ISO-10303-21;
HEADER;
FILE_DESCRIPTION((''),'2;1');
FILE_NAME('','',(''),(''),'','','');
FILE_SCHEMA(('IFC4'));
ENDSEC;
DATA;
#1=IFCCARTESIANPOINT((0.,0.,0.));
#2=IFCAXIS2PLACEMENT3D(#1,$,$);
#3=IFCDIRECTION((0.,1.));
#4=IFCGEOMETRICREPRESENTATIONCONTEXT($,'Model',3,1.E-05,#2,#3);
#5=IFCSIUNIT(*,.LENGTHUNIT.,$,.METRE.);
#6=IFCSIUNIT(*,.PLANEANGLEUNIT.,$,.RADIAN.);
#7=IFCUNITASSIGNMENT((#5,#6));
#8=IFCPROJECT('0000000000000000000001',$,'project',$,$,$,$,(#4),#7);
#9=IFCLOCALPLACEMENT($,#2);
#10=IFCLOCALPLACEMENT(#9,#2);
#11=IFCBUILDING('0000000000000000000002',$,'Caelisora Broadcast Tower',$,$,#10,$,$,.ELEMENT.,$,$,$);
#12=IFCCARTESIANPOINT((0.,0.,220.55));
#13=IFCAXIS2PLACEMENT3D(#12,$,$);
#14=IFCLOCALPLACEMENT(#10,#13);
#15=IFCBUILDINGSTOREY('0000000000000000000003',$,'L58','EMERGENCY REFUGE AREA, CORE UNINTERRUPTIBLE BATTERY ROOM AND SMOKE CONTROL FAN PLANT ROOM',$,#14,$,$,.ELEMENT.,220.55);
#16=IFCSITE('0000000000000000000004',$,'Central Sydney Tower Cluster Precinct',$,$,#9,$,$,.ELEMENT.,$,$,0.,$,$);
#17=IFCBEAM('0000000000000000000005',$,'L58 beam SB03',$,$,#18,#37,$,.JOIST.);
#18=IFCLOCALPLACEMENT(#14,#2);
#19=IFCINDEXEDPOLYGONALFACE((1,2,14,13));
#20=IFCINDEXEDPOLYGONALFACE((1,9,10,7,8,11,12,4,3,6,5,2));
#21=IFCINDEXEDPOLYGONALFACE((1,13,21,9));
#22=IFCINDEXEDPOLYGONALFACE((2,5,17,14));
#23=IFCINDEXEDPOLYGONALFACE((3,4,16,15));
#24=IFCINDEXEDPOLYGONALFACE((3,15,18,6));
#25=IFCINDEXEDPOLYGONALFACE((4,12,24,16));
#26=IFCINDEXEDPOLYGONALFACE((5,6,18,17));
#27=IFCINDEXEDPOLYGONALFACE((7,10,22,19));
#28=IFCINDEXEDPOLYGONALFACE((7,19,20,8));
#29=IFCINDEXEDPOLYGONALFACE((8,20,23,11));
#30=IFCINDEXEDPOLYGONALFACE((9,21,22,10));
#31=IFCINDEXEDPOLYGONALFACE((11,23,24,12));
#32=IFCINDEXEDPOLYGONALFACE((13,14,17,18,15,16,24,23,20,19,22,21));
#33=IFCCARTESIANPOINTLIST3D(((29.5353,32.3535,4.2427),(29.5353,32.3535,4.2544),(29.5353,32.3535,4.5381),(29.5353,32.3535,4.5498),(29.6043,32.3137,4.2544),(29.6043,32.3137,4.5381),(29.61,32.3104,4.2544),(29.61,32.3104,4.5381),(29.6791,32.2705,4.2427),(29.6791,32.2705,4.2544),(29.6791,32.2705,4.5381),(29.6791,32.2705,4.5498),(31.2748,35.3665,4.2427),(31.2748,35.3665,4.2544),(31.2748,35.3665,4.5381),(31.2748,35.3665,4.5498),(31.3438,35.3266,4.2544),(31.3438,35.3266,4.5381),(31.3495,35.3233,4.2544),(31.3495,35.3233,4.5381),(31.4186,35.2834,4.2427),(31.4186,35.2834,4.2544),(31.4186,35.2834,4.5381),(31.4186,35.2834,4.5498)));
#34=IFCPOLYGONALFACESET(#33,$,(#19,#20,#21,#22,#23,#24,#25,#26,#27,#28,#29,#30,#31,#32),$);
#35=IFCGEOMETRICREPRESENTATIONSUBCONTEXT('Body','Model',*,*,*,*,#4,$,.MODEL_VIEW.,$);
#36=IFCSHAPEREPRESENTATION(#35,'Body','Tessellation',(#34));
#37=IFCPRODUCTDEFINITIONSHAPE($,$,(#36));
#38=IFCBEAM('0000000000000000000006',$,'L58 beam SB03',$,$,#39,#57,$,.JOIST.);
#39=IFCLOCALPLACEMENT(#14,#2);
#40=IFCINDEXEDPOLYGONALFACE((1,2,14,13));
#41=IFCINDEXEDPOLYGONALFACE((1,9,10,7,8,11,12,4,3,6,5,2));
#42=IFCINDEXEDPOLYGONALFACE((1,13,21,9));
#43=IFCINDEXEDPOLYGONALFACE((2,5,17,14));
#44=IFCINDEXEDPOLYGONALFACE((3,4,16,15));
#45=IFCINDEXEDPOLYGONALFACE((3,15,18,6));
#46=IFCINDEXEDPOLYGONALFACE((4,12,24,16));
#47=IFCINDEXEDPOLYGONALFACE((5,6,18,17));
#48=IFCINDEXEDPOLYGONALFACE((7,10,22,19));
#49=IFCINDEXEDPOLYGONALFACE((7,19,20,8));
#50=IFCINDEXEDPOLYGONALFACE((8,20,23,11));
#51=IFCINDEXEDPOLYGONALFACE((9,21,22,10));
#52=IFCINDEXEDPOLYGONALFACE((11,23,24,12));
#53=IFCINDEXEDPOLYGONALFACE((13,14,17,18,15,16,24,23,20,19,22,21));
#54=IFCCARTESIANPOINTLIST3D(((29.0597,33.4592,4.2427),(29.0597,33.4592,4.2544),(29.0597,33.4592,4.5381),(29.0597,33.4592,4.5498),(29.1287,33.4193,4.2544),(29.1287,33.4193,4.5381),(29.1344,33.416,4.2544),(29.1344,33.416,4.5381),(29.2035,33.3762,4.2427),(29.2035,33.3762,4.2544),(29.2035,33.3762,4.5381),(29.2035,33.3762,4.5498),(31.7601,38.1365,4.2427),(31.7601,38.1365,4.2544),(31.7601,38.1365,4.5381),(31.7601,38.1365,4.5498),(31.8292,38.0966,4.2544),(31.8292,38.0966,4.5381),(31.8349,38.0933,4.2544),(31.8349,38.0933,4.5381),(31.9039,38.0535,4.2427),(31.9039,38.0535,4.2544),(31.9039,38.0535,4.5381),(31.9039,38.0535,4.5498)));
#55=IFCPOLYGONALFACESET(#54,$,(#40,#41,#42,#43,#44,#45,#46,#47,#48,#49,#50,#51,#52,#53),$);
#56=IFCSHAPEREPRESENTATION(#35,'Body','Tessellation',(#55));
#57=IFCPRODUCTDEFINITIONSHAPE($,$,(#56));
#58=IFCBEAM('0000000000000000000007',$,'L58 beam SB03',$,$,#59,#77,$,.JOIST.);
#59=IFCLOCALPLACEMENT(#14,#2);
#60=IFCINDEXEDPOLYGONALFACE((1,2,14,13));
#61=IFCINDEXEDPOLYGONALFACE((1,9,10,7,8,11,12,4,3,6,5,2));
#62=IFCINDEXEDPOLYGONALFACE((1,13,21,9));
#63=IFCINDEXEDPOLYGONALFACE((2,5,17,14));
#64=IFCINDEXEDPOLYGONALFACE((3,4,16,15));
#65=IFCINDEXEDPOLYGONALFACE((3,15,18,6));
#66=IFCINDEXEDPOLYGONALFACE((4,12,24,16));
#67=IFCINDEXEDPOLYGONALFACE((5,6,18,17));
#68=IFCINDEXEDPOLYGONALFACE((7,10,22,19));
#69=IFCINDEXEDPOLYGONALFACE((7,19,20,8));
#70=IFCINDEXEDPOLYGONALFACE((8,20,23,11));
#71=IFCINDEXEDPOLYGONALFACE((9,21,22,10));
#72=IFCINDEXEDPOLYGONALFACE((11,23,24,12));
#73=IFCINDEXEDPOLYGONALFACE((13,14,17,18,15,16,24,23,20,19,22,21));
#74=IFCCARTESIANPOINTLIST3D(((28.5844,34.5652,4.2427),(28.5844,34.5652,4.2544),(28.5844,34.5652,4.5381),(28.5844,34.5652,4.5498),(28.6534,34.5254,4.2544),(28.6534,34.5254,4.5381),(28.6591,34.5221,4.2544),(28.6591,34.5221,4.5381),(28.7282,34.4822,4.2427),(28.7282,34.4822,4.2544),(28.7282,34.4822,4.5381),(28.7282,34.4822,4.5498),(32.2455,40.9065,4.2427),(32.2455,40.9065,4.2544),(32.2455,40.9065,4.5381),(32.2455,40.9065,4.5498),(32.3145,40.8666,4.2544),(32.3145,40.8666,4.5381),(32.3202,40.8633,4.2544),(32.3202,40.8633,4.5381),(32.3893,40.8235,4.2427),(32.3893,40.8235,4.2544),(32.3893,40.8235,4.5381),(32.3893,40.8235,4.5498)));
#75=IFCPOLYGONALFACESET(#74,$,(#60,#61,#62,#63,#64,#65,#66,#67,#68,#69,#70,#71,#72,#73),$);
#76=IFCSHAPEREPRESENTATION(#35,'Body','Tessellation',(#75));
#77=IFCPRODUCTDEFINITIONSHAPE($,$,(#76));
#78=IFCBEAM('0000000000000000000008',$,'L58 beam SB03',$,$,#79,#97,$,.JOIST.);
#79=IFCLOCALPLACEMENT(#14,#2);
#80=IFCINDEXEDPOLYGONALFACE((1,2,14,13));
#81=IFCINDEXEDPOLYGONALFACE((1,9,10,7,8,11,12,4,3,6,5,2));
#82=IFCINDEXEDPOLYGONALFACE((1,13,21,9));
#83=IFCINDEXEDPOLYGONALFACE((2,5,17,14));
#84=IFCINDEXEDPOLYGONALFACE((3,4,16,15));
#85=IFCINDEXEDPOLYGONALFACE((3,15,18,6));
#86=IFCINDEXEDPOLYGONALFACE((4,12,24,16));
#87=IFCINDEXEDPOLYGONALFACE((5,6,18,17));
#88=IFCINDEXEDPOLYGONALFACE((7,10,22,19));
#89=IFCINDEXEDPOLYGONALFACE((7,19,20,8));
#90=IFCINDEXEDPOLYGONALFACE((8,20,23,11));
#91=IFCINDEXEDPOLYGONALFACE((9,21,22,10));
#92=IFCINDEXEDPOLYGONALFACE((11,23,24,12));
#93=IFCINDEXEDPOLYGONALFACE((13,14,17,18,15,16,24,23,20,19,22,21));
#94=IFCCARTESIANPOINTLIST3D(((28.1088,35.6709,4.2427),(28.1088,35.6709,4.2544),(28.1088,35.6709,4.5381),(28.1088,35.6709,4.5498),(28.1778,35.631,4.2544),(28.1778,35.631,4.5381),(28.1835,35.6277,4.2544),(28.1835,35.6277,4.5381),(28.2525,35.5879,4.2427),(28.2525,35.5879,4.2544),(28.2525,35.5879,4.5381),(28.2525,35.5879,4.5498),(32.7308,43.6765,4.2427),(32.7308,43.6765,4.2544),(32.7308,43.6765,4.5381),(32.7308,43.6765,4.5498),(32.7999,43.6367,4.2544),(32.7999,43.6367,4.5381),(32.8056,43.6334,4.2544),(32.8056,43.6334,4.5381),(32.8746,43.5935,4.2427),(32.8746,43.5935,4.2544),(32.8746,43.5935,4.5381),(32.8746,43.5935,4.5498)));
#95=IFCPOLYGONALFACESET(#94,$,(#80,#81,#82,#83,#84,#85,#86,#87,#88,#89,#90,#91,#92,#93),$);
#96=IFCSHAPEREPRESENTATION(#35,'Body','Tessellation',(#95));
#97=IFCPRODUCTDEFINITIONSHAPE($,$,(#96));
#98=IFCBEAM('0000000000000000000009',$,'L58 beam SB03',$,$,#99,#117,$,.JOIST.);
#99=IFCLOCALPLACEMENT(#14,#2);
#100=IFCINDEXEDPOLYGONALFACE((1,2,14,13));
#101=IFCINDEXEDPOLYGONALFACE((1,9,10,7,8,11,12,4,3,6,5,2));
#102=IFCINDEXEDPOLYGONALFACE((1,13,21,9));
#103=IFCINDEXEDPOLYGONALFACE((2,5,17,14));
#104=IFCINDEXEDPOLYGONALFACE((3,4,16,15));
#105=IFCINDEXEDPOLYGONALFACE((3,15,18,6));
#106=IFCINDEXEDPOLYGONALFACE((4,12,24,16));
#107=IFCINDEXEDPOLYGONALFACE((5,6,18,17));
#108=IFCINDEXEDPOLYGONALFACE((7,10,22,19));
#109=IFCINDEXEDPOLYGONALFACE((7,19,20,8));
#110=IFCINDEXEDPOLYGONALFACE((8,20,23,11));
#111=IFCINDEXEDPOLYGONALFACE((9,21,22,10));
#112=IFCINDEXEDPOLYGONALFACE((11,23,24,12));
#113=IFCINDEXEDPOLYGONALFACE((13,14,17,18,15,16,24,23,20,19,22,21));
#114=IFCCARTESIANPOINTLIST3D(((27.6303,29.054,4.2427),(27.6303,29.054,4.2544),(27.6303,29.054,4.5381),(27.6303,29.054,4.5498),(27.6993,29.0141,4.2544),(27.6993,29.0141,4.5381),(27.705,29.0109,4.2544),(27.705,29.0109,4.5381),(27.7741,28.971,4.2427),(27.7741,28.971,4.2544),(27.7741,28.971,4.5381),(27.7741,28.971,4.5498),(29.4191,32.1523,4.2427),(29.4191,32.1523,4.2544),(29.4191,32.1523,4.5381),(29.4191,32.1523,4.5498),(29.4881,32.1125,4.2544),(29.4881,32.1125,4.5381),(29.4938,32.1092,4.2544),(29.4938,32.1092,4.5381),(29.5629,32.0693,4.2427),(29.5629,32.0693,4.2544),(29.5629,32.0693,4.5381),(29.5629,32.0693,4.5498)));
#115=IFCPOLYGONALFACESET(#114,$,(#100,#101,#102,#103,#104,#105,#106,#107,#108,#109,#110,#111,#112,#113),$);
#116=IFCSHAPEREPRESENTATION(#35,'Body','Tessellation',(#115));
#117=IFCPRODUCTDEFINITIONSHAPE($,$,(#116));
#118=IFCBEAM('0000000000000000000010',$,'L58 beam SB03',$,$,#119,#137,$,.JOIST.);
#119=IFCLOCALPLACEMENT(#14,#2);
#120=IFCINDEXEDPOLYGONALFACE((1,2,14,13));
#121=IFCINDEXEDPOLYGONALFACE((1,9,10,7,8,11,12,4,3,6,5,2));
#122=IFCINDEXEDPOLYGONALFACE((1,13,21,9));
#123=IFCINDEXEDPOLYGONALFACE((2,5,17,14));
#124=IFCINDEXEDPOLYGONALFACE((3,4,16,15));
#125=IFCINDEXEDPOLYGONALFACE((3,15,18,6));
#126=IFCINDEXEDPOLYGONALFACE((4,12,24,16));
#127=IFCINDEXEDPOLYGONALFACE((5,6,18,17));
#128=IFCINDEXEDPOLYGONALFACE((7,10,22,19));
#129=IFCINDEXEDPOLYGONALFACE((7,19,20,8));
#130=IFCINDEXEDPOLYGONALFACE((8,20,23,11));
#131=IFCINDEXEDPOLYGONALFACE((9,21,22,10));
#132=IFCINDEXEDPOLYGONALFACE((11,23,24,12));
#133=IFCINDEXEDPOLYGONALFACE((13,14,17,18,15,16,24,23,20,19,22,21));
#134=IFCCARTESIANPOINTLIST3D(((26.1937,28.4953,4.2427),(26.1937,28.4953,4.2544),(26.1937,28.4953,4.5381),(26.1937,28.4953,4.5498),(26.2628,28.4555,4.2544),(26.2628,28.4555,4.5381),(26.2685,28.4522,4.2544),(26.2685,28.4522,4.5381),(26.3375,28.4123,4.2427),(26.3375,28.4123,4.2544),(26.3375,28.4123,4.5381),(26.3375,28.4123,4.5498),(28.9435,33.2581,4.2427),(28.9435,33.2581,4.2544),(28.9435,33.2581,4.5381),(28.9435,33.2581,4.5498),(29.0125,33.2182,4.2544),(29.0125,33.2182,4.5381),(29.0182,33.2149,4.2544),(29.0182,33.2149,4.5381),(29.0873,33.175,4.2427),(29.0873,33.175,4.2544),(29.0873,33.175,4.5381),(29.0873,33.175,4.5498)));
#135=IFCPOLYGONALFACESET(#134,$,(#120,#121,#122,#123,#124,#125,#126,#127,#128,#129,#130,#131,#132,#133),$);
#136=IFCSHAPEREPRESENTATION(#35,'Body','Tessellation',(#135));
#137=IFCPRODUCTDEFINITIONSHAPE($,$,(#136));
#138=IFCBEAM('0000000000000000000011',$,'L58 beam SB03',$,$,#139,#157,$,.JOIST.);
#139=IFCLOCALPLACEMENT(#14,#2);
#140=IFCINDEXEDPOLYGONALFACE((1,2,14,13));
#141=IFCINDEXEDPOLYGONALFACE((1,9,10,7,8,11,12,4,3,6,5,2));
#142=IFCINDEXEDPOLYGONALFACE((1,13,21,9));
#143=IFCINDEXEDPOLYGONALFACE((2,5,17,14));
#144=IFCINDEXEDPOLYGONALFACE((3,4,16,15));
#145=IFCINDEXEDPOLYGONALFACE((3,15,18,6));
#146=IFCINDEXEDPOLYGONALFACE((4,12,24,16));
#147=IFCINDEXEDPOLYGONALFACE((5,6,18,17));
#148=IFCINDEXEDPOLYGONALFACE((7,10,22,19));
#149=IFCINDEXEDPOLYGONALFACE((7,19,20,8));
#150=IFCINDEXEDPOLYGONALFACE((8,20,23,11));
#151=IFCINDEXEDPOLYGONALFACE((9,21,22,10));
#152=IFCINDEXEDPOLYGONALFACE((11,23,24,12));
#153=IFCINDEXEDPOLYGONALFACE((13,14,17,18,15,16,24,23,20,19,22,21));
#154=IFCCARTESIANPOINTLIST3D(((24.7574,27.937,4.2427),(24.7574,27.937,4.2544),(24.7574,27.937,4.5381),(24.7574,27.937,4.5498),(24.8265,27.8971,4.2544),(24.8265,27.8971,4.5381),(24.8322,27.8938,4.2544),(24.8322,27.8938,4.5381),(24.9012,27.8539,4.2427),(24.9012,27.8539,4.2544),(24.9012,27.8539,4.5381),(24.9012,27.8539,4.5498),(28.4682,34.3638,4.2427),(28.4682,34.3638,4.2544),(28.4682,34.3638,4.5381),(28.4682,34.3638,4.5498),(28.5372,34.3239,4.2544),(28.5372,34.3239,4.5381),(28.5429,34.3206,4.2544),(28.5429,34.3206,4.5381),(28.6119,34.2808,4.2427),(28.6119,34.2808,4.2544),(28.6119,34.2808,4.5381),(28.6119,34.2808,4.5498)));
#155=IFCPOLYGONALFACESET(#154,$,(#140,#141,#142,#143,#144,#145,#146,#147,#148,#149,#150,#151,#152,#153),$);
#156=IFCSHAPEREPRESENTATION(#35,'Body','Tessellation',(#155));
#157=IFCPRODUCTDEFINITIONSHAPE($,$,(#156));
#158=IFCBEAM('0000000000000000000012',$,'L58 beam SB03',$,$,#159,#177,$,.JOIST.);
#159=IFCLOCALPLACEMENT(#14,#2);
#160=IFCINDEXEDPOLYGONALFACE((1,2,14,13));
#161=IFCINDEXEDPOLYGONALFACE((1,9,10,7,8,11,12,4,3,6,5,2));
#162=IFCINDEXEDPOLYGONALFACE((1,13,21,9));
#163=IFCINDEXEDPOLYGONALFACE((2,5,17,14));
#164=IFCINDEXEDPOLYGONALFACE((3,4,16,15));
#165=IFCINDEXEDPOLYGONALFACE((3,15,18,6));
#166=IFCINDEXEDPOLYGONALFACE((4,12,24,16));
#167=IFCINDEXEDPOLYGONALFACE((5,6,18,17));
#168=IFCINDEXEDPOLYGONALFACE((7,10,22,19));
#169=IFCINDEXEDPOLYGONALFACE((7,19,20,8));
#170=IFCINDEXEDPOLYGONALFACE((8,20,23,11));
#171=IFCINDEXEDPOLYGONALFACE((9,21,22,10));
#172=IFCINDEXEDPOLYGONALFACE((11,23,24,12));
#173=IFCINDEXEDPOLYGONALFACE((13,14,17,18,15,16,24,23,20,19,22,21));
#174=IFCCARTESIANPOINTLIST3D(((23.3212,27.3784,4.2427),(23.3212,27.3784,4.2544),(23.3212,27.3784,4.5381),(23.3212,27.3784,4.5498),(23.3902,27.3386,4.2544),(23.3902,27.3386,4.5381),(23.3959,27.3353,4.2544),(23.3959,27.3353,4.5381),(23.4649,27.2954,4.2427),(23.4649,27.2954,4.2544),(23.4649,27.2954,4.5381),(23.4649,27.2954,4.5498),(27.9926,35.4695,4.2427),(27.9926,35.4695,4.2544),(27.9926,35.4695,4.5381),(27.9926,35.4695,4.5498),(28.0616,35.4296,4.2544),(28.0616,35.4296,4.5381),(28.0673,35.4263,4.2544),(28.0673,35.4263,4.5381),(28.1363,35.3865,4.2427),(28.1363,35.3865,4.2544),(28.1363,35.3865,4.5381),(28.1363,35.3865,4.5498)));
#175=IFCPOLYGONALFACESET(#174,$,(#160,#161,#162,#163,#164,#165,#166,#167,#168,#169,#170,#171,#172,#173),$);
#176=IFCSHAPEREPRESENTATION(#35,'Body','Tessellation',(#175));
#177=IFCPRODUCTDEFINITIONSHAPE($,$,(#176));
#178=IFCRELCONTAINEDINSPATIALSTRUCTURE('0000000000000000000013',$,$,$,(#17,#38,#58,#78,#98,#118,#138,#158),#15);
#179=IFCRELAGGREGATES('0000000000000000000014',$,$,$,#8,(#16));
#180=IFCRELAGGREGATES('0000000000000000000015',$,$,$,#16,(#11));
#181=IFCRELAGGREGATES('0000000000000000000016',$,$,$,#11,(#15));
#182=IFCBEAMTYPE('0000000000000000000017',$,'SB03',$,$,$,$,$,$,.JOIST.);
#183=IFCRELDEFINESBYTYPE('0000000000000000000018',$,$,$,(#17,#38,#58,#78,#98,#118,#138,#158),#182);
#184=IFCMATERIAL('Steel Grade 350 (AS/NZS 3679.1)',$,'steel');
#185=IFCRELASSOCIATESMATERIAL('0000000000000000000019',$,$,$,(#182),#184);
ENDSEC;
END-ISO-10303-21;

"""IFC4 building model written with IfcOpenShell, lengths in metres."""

from ifc_helpers import new_model, si_unit, direction, frame, origin, origin_2d, place, context, subcontext, project, spatial, i_section, extrude, source, transform, mapped, material, material_profile, profile_set, type_object, type_shapes, element, save


model = new_model("IFC4")

# Units and contexts
model_context = context("Model", 3, precision=1e-05, world=origin(), true_north=direction((0.0, 1.0)))
body_context = subcontext(model_context, "Body", "Model", "MODEL_VIEW")
ifc_project = project(units=[si_unit("LENGTHUNIT", "METRE"), si_unit("PLANEANGLEUNIT", "RADIAN")], contexts=[model_context])

# Site, building, storey
site_placement = place(None, origin())
site = spatial("IfcSite", under=ifc_project, at=site_placement, Name="Central Sydney Tower Cluster Precinct", CompositionType="ELEMENT", RefElevation=0.0)
building_placement = place(site_placement, origin())
building = spatial("IfcBuilding", under=site, at=building_placement, Name="Caelisora Broadcast Tower", CompositionType="ELEMENT")
storey_placement = place(building_placement, frame((0.0, 0.0, 220.55)))
storey = spatial("IfcBuildingStorey", under=building, at=storey_placement, Name="L58", Description="EMERGENCY REFUGE AREA, CORE UNINTERRUPTIBLE BATTERY ROOM AND SMOKE CONTROL FAN PLANT ROOM", CompositionType="ELEMENT", Elevation=220.55)

# Beams
ifc_material_1 = material(Name="Steel Grade 350 (AS/NZS 3679.1)", Category="steel")
ifc_material_profile_1 = material_profile(ifc_material_1, i_section(OverallWidth=0.166, OverallDepth=0.3071, WebThickness=0.0066, FlangeThickness=0.0117, at=origin_2d()), Name="Steel Grade 350 (AS/NZS 3679.1)")
ifc_profile_set_1 = profile_set([ifc_material_profile_1], Name="Steel Grade 350 (AS/NZS 3679.1)")
beam_type_1 = type_object("IfcBeamType", Name="SB03", PredefinedType="JOIST", material=ifc_profile_set_1)
shared_shape_1 = source(origin(), body_context, "Body", "SweptSolid", [
    extrude(i_section(OverallWidth=0.166, OverallDepth=0.3071, WebThickness=0.0066, FlangeThickness=0.0117, at=origin_2d()), origin(), (0.0, 0.0, 1.0), 3.479),
])
beam_1_placement = place(storey_placement, frame((31.3467, 35.325, 4.3962), z_axis=(-0.499996, -0.866028, 0.0), x_axis=(0.866028, -0.499996, 0.0)))
element("IfcBeam", 1, at=beam_1_placement, inside=storey, type_object=beam_type_1, Name="L58 beam SB03", PredefinedType="JOIST", context=body_context, shape_type="MappedRepresentation", body=[
    mapped(shared_shape_1, transform((0.0, 0.0, 0.0), scale=1.0)),
])
shared_shape_2 = source(origin(), body_context, "Body", "SweptSolid", [
    extrude(i_section(OverallWidth=0.166, OverallDepth=0.3071, WebThickness=0.0066, FlangeThickness=0.0117, at=origin_2d()), origin(), (0.0, 0.0, 1.0), 5.4009),
])
beam_2_placement = place(storey_placement, frame((31.832, 38.095, 4.3962), z_axis=(-0.500004, -0.866023, 0.0), x_axis=(0.866023, -0.500004, 0.0)))
element("IfcBeam", 2, at=beam_2_placement, inside=storey, type_object=beam_type_1, Name="L58 beam SB03", PredefinedType="JOIST", context=body_context, shape_type="MappedRepresentation", body=[
    mapped(shared_shape_2, transform((0.0, 0.0, 0.0), scale=1.0)),
])
shared_shape_3 = source(origin(), body_context, "Body", "SweptSolid", [
    extrude(i_section(OverallWidth=0.166, OverallDepth=0.3071, WebThickness=0.0066, FlangeThickness=0.0117, at=origin_2d()), origin(), (0.0, 0.0, 1.0), 7.3223),
])
beam_3_placement = place(storey_placement, frame((32.3174, 40.865, 4.3962), z_axis=(-0.499998, -0.866027, 0.0), x_axis=(0.866027, -0.499998, 0.0)))
element("IfcBeam", 3, at=beam_3_placement, inside=storey, type_object=beam_type_1, Name="L58 beam SB03", PredefinedType="JOIST", context=body_context, shape_type="MappedRepresentation", body=[
    mapped(shared_shape_3, transform((0.0, 0.0, 0.0), scale=1.0)),
])
shared_shape_4 = source(origin(), body_context, "Body", "SweptSolid", [
    extrude(i_section(OverallWidth=0.166, OverallDepth=0.3071, WebThickness=0.0066, FlangeThickness=0.0117, at=origin_2d()), origin(), (0.0, 0.0, 1.0), 9.2441),
])
beam_4_placement = place(storey_placement, frame((32.8027, 43.635, 4.3962), z_axis=(-0.500002, -0.866024, 0.0), x_axis=(0.866024, -0.500002, 0.0)))
element("IfcBeam", 4, at=beam_4_placement, inside=storey, type_object=beam_type_1, Name="L58 beam SB03", PredefinedType="JOIST", context=body_context, shape_type="MappedRepresentation", body=[
    mapped(shared_shape_4, transform((0.0, 0.0, 0.0), scale=1.0)),
])
shared_shape_5 = source(origin(), body_context, "Body", "SweptSolid", [
    extrude(i_section(OverallWidth=0.166, OverallDepth=0.3071, WebThickness=0.0066, FlangeThickness=0.0117, at=origin_2d()), origin(), (0.0, 0.0, 1.0), 3.5776),
])
beam_5_placement = place(storey_placement, frame((29.491, 32.1108, 4.3962), z_axis=(-0.499992, -0.86603, 0.0), x_axis=(0.86603, -0.499992, 0.0)))
element("IfcBeam", 5, at=beam_5_placement, inside=storey, type_object=beam_type_1, Name="L58 beam SB03", PredefinedType="JOIST", context=body_context, shape_type="MappedRepresentation", body=[
    mapped(shared_shape_5, transform((0.0, 0.0, 0.0), scale=1.0)),
])
shared_shape_6 = source(origin(), body_context, "Body", "SweptSolid", [
    extrude(i_section(OverallWidth=0.166, OverallDepth=0.3071, WebThickness=0.0066, FlangeThickness=0.0117, at=origin_2d()), origin(), (0.0, 0.0, 1.0), 5.4995),
])
beam_6_placement = place(storey_placement, frame((29.0154, 33.2166, 4.3962), z_axis=(-0.500002, -0.866024, 0.0), x_axis=(0.866024, -0.500002, 0.0)))
element("IfcBeam", 6, at=beam_6_placement, inside=storey, type_object=beam_type_1, Name="L58 beam SB03", PredefinedType="JOIST", context=body_context, shape_type="MappedRepresentation", body=[
    mapped(shared_shape_6, transform((0.0, 0.0, 0.0), scale=1.0)),
])
shared_shape_7 = source(origin(), body_context, "Body", "SweptSolid", [
    extrude(i_section(OverallWidth=0.166, OverallDepth=0.3071, WebThickness=0.0066, FlangeThickness=0.0117, at=origin_2d()), origin(), (0.0, 0.0, 1.0), 7.4211),
])
beam_7_placement = place(storey_placement, frame((28.54, 34.3223, 4.3962), z_axis=(-0.500021, -0.866014, 0.0), x_axis=(0.866014, -0.500021, 0.0)))
element("IfcBeam", 7, at=beam_7_placement, inside=storey, type_object=beam_type_1, Name="L58 beam SB03", PredefinedType="JOIST", context=body_context, shape_type="MappedRepresentation", body=[
    mapped(shared_shape_7, transform((0.0, 0.0, 0.0), scale=1.0)),
])
shared_shape_8 = source(origin(), body_context, "Body", "SweptSolid", [
    extrude(i_section(OverallWidth=0.166, OverallDepth=0.3071, WebThickness=0.0066, FlangeThickness=0.0117, at=origin_2d()), origin(), (0.0, 0.0, 1.0), 9.3428),
])
type_shapes(beam_type_1, [shared_shape_1, shared_shape_2, shared_shape_3, shared_shape_4, shared_shape_5, shared_shape_6, shared_shape_7, shared_shape_8])
beam_8_placement = place(storey_placement, frame((28.0645, 35.428, 4.3962), z_axis=(-0.500001, -0.866025, 0.0), x_axis=(0.866025, -0.500001, 0.0)))
element("IfcBeam", 8, at=beam_8_placement, inside=storey, type_object=beam_type_1, Name="L58 beam SB03", PredefinedType="JOIST", context=body_context, shape_type="MappedRepresentation", body=[
    mapped(shared_shape_8, transform((0.0, 0.0, 0.0), scale=1.0)),
])

save(model, "model.ifc")
